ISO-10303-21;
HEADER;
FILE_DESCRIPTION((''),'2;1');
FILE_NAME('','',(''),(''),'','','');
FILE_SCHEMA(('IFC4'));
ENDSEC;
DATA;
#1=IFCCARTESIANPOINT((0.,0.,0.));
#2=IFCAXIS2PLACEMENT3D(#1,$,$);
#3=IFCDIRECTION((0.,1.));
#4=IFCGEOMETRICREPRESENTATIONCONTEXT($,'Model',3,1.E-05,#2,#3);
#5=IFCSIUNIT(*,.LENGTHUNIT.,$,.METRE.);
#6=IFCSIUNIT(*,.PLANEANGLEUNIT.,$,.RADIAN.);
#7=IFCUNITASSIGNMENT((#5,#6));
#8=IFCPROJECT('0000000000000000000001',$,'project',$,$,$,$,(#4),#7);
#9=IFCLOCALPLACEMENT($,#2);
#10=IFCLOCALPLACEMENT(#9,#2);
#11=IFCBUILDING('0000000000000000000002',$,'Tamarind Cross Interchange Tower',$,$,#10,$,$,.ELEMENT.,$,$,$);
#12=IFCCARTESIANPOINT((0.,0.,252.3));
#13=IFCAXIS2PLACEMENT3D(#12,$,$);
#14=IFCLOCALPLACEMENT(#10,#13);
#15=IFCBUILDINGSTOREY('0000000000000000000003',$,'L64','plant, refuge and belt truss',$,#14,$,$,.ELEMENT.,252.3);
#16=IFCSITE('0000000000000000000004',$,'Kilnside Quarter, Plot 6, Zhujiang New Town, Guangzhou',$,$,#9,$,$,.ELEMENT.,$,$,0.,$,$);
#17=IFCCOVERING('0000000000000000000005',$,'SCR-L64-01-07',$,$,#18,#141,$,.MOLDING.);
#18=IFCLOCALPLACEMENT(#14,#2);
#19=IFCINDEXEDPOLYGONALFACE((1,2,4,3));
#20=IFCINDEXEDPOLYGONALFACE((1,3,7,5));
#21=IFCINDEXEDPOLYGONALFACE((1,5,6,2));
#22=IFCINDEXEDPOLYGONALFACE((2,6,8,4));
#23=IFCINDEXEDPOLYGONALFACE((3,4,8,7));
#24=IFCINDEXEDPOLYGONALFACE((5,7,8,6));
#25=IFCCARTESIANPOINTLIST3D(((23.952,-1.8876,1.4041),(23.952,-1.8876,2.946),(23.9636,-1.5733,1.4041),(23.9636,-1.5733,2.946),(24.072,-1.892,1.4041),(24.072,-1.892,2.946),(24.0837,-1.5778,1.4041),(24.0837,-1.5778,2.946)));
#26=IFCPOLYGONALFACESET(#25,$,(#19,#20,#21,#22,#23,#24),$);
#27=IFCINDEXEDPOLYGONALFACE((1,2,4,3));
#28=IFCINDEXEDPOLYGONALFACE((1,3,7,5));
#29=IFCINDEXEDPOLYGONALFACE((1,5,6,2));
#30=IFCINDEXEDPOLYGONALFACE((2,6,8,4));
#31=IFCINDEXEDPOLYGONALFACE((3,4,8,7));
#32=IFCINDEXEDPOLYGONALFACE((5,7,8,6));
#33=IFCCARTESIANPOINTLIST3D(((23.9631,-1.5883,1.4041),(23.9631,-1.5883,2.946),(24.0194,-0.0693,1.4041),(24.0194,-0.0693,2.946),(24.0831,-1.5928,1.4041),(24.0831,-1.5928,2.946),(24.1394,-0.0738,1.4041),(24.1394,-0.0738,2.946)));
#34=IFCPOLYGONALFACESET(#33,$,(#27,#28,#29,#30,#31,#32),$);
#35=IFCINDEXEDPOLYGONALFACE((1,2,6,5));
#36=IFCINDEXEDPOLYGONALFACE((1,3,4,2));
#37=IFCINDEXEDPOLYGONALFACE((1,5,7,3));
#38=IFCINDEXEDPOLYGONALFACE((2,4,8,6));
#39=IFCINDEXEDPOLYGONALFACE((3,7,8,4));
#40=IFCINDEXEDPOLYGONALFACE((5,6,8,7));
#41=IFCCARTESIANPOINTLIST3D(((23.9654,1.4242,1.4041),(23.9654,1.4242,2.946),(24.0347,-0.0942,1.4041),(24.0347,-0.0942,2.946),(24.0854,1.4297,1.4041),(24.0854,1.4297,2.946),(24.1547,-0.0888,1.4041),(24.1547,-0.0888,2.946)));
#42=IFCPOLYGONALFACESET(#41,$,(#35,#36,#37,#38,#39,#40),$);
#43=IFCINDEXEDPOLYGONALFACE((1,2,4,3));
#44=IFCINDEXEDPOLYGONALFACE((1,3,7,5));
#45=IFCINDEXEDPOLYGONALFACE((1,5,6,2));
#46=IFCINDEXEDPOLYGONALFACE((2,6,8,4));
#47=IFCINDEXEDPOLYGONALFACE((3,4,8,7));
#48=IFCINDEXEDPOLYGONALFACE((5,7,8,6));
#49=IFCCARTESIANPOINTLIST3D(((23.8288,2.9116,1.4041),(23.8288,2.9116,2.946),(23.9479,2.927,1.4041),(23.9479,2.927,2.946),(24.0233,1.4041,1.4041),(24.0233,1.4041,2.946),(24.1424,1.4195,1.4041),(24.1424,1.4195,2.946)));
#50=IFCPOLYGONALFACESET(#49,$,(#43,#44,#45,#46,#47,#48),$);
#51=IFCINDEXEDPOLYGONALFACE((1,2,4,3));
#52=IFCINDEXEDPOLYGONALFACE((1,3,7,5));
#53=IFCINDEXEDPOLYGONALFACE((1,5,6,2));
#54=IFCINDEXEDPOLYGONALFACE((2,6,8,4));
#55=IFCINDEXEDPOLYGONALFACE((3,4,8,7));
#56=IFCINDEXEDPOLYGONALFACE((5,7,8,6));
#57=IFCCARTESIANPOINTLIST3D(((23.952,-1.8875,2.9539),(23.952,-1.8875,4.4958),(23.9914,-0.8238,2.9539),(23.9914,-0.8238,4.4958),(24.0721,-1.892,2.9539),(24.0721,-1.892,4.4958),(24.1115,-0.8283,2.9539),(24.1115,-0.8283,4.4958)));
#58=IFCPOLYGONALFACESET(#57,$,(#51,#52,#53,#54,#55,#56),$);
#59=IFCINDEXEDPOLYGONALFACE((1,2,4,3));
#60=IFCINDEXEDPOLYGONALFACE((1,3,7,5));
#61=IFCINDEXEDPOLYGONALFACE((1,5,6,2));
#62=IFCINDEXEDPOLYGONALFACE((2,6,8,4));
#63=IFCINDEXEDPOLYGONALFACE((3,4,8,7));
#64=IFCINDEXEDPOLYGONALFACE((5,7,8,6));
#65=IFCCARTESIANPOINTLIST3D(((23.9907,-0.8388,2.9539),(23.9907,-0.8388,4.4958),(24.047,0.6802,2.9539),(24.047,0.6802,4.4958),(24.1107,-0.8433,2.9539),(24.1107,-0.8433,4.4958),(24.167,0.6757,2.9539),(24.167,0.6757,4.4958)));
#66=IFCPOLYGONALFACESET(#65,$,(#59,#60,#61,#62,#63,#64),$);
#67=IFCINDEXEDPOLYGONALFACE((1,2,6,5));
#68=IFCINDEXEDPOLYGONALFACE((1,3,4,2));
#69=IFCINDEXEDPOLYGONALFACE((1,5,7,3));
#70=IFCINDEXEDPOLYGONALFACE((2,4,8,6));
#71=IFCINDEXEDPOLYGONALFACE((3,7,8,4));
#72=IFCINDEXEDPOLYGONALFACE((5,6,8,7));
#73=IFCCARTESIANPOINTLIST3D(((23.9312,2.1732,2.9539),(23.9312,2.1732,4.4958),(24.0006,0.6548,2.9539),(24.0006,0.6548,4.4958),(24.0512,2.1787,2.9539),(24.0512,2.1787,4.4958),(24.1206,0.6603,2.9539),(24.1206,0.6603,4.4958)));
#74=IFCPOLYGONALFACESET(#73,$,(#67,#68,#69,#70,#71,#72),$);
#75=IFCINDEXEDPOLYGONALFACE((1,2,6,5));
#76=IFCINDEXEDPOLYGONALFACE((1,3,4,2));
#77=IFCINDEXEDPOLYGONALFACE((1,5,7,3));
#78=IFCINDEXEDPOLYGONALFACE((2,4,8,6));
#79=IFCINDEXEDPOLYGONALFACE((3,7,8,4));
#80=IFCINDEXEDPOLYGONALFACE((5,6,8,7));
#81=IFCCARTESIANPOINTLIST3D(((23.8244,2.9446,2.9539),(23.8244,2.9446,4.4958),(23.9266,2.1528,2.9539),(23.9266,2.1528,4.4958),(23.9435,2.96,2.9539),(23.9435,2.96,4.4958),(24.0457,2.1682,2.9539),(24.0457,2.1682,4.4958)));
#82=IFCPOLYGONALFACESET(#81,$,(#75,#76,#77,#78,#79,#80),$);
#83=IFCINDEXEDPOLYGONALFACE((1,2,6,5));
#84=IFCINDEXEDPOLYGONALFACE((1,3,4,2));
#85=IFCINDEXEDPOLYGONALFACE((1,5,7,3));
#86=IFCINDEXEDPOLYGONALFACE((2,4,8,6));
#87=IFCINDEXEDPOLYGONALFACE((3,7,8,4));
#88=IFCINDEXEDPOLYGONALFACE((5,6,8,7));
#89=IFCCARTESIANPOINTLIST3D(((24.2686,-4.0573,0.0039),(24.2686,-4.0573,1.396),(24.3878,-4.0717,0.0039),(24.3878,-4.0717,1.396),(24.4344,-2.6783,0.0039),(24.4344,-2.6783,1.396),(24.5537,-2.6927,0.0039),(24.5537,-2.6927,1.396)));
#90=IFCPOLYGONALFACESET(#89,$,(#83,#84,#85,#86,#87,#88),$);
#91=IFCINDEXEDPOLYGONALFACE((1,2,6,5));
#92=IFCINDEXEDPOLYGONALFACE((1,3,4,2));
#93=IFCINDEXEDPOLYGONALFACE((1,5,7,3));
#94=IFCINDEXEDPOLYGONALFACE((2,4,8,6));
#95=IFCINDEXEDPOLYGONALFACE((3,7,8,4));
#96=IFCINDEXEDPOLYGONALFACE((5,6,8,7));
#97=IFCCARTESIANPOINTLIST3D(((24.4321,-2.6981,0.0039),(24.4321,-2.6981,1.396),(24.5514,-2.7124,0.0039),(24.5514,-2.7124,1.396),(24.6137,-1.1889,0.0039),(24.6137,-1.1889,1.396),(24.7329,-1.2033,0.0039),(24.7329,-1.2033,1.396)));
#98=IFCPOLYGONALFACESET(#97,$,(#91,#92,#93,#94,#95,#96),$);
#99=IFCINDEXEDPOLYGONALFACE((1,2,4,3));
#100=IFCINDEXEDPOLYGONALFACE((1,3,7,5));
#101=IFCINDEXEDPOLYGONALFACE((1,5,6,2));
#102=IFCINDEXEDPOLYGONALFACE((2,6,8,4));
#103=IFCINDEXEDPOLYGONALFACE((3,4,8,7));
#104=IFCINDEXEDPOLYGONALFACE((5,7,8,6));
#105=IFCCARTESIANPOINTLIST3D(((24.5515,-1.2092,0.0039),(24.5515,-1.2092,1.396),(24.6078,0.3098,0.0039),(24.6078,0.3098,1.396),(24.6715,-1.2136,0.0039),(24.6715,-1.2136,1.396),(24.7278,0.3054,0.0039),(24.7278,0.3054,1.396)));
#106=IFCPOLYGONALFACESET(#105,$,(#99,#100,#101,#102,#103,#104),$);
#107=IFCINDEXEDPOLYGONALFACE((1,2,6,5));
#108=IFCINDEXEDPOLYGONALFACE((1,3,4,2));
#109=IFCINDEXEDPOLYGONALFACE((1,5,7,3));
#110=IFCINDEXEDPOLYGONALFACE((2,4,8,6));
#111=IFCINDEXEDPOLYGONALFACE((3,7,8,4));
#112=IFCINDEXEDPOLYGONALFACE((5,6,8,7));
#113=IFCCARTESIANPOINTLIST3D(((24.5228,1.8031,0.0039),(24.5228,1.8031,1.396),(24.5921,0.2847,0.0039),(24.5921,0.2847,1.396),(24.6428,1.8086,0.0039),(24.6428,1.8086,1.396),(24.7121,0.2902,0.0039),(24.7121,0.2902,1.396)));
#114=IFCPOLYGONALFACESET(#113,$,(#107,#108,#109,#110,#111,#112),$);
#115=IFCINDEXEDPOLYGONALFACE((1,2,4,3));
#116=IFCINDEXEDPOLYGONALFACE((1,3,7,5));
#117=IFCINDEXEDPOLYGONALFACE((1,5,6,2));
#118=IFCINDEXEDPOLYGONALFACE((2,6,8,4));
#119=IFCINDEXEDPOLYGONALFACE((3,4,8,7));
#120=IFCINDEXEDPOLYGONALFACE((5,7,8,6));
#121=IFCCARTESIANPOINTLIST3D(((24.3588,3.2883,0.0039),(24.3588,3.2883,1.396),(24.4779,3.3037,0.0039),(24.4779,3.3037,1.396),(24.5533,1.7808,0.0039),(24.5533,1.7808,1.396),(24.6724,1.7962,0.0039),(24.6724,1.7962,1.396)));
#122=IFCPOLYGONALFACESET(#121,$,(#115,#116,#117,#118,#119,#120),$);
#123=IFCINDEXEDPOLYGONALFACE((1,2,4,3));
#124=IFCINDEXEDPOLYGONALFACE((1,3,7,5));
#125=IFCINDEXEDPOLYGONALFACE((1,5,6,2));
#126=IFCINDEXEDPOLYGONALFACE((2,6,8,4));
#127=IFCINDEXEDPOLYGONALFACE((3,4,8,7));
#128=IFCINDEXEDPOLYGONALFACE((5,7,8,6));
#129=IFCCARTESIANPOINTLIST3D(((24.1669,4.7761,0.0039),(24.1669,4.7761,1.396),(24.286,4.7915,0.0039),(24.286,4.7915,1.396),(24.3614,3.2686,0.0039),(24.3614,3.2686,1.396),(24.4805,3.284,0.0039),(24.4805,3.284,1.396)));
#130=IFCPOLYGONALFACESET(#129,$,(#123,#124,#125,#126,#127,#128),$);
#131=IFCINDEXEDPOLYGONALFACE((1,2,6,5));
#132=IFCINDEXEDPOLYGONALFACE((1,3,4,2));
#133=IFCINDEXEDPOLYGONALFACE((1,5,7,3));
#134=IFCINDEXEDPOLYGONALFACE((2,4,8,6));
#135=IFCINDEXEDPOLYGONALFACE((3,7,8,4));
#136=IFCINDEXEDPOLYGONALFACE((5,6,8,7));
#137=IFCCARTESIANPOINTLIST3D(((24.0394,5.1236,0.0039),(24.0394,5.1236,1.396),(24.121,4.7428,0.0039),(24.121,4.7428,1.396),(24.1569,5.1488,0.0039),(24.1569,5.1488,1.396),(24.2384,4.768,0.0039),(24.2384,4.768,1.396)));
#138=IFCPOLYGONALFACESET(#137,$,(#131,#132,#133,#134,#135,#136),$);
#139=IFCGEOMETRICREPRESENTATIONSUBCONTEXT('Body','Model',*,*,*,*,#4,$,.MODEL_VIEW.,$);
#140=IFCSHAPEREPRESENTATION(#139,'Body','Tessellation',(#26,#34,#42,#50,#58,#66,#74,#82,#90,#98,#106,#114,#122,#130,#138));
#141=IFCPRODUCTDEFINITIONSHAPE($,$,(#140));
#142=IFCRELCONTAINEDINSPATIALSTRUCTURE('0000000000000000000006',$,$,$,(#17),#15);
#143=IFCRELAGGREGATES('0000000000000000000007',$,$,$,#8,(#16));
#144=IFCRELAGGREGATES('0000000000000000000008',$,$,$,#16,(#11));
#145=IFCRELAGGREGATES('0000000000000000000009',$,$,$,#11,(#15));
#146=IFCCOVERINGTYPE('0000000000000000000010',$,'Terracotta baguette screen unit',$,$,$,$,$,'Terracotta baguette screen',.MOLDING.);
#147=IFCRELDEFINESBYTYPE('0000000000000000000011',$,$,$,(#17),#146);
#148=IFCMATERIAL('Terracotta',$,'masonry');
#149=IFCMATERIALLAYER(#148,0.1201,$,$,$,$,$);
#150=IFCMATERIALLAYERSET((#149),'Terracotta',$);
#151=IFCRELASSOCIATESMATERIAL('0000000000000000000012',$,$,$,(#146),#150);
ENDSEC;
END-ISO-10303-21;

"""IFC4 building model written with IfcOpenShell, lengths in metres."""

from ifc_helpers import new_model, si_unit, direction, frame, origin, origin_2d, place, context, subcontext, project, spatial, rectangle, extrude, material, layer, layer_set, type_object, element, save


model = new_model("IFC4")

# Units and contexts
model_context = context("Model", 3, precision=1e-05, world=origin(), true_north=direction((0.0, 1.0)))
body_context = subcontext(model_context, "Body", "Model", "MODEL_VIEW")
ifc_project = project(units=[si_unit("LENGTHUNIT", "METRE"), si_unit("PLANEANGLEUNIT", "RADIAN")], contexts=[model_context])

# Site, building, storey
site_placement = place(None, origin())
site = spatial("IfcSite", under=ifc_project, at=site_placement, Name="Kilnside Quarter, Plot 6, Zhujiang New Town, Guangzhou", CompositionType="ELEMENT", RefElevation=0.0)
building_placement = place(site_placement, origin())
building = spatial("IfcBuilding", under=site, at=building_placement, Name="Tamarind Cross Interchange Tower", CompositionType="ELEMENT")
storey_placement = place(building_placement, frame((0.0, 0.0, 252.3)))
storey = spatial("IfcBuildingStorey", under=building, at=storey_placement, Name="L64", Description="plant, refuge and belt truss", CompositionType="ELEMENT", Elevation=252.3)

# Covering
ifc_material_1 = material(Name="Terracotta", Category="masonry")
ifc_layer_1 = layer(ifc_material_1, 0.1201)
ifc_layer_set_1 = layer_set([ifc_layer_1], Name="Terracotta")
covering_type = type_object("IfcCoveringType", Name="Terracotta baguette screen unit", ElementType="Terracotta baguette screen", PredefinedType="MOLDING", material=ifc_layer_set_1)
covering_1_placement = place(storey_placement, origin())
element("IfcCovering", 1, at=covering_1_placement, inside=storey, type_object=covering_type, Name="SCR-L64-01-07", PredefinedType="MOLDING", context=body_context, shape_type="SweptSolid", body=[
    extrude(rectangle(XDim=0.3145, YDim=0.1201, at=origin_2d()), frame((24.0178, -1.7327, 1.4041), z_axis=(0.0, 0.0, 1.0), x_axis=(0.037025, 0.999314, 0.0)), (0.0, 0.0, 1.0), 1.542),
    extrude(rectangle(XDim=1.52, YDim=0.1201, at=origin_2d()), frame((24.0513, -0.8311, 1.4041), z_axis=(0.0, 0.0, 1.0), x_axis=(0.037025, 0.999314, 0.0)), (0.0, 0.0, 1.0), 1.542),
    extrude(rectangle(XDim=1.52, YDim=0.1201, at=origin_2d()), frame((24.0601, 0.6677, 1.4041), z_axis=(0.0, 0.0, 1.0), x_axis=(-0.045624, 0.998959, 0.0)), (0.0, 0.0, 1.0), 1.542),
    extrude(rectangle(XDim=1.52, YDim=0.1201, at=origin_2d()), frame((23.9856, 2.1655, 1.4041), z_axis=(0.0, 0.0, 1.0), x_axis=(-0.127962, 0.991779, 0.0)), (0.0, 0.0, 1.0), 1.542),
    extrude(rectangle(XDim=1.0645, YDim=0.1201, at=origin_2d()), frame((24.0317, -1.3579, 2.9539), z_axis=(0.0, 0.0, 1.0), x_axis=(0.037025, 0.999314, 0.0)), (0.0, 0.0, 1.0), 1.542),
    extrude(rectangle(XDim=1.52, YDim=0.1201, at=origin_2d()), frame((24.0789, -0.0815, 2.9539), z_axis=(0.0, 0.0, 1.0), x_axis=(0.037025, 0.999314, 0.0)), (0.0, 0.0, 1.0), 1.542),
    extrude(rectangle(XDim=1.52, YDim=0.1201, at=origin_2d()), frame((24.0259, 1.4167, 2.9539), z_axis=(0.0, 0.0, 1.0), x_axis=(-0.045624, 0.998959, 0.0)), (0.0, 0.0, 1.0), 1.542),
    extrude(rectangle(XDim=0.7983, YDim=0.1201, at=origin_2d()), frame((23.9351, 2.5564, 2.9539), z_axis=(0.0, 0.0, 1.0), x_axis=(-0.127962, 0.991779, 0.0)), (0.0, 0.0, 1.0), 1.542),
    extrude(rectangle(XDim=1.3889, YDim=0.1201, at=origin_2d()), frame((24.4111, -3.375, 0.0039), z_axis=(0.0, 0.0, 1.0), x_axis=(0.119421, 0.992844, 0.0)), (0.0, 0.0, 1.0), 1.3921),
    extrude(rectangle(XDim=1.52, YDim=0.1201, at=origin_2d()), frame((24.5825, -1.9507, 0.0039), z_axis=(0.0, 0.0, 1.0), x_axis=(0.119421, 0.992844, 0.0)), (0.0, 0.0, 1.0), 1.3921),
    extrude(rectangle(XDim=1.52, YDim=0.1201, at=origin_2d()), frame((24.6396, -0.4519, 0.0039), z_axis=(0.0, 0.0, 1.0), x_axis=(0.037025, 0.999314, 0.0)), (0.0, 0.0, 1.0), 1.3921),
    extrude(rectangle(XDim=1.52, YDim=0.1201, at=origin_2d()), frame((24.6174, 1.0466, 0.0039), z_axis=(0.0, 0.0, 1.0), x_axis=(-0.045624, 0.998959, 0.0)), (0.0, 0.0, 1.0), 1.3921),
    extrude(rectangle(XDim=1.52, YDim=0.1201, at=origin_2d()), frame((24.5156, 2.5422, 0.0039), z_axis=(0.0, 0.0, 1.0), x_axis=(-0.127962, 0.991779, 0.0)), (0.0, 0.0, 1.0), 1.3921),
    extrude(rectangle(XDim=1.52, YDim=0.1201, at=origin_2d()), frame((24.3237, 4.03, 0.0039), z_axis=(0.0, 0.0, 1.0), x_axis=(-0.127962, 0.991779, 0.0)), (0.0, 0.0, 1.0), 1.3921),
    extrude(rectangle(XDim=0.3894, YDim=0.1201, at=origin_2d()), frame((24.1389, 4.9458, 0.0039), z_axis=(0.0, 0.0, 1.0), x_axis=(-0.209425, 0.977825, 0.0)), (0.0, 0.0, 1.0), 1.3921),
])

save(model, "model.ifc")
